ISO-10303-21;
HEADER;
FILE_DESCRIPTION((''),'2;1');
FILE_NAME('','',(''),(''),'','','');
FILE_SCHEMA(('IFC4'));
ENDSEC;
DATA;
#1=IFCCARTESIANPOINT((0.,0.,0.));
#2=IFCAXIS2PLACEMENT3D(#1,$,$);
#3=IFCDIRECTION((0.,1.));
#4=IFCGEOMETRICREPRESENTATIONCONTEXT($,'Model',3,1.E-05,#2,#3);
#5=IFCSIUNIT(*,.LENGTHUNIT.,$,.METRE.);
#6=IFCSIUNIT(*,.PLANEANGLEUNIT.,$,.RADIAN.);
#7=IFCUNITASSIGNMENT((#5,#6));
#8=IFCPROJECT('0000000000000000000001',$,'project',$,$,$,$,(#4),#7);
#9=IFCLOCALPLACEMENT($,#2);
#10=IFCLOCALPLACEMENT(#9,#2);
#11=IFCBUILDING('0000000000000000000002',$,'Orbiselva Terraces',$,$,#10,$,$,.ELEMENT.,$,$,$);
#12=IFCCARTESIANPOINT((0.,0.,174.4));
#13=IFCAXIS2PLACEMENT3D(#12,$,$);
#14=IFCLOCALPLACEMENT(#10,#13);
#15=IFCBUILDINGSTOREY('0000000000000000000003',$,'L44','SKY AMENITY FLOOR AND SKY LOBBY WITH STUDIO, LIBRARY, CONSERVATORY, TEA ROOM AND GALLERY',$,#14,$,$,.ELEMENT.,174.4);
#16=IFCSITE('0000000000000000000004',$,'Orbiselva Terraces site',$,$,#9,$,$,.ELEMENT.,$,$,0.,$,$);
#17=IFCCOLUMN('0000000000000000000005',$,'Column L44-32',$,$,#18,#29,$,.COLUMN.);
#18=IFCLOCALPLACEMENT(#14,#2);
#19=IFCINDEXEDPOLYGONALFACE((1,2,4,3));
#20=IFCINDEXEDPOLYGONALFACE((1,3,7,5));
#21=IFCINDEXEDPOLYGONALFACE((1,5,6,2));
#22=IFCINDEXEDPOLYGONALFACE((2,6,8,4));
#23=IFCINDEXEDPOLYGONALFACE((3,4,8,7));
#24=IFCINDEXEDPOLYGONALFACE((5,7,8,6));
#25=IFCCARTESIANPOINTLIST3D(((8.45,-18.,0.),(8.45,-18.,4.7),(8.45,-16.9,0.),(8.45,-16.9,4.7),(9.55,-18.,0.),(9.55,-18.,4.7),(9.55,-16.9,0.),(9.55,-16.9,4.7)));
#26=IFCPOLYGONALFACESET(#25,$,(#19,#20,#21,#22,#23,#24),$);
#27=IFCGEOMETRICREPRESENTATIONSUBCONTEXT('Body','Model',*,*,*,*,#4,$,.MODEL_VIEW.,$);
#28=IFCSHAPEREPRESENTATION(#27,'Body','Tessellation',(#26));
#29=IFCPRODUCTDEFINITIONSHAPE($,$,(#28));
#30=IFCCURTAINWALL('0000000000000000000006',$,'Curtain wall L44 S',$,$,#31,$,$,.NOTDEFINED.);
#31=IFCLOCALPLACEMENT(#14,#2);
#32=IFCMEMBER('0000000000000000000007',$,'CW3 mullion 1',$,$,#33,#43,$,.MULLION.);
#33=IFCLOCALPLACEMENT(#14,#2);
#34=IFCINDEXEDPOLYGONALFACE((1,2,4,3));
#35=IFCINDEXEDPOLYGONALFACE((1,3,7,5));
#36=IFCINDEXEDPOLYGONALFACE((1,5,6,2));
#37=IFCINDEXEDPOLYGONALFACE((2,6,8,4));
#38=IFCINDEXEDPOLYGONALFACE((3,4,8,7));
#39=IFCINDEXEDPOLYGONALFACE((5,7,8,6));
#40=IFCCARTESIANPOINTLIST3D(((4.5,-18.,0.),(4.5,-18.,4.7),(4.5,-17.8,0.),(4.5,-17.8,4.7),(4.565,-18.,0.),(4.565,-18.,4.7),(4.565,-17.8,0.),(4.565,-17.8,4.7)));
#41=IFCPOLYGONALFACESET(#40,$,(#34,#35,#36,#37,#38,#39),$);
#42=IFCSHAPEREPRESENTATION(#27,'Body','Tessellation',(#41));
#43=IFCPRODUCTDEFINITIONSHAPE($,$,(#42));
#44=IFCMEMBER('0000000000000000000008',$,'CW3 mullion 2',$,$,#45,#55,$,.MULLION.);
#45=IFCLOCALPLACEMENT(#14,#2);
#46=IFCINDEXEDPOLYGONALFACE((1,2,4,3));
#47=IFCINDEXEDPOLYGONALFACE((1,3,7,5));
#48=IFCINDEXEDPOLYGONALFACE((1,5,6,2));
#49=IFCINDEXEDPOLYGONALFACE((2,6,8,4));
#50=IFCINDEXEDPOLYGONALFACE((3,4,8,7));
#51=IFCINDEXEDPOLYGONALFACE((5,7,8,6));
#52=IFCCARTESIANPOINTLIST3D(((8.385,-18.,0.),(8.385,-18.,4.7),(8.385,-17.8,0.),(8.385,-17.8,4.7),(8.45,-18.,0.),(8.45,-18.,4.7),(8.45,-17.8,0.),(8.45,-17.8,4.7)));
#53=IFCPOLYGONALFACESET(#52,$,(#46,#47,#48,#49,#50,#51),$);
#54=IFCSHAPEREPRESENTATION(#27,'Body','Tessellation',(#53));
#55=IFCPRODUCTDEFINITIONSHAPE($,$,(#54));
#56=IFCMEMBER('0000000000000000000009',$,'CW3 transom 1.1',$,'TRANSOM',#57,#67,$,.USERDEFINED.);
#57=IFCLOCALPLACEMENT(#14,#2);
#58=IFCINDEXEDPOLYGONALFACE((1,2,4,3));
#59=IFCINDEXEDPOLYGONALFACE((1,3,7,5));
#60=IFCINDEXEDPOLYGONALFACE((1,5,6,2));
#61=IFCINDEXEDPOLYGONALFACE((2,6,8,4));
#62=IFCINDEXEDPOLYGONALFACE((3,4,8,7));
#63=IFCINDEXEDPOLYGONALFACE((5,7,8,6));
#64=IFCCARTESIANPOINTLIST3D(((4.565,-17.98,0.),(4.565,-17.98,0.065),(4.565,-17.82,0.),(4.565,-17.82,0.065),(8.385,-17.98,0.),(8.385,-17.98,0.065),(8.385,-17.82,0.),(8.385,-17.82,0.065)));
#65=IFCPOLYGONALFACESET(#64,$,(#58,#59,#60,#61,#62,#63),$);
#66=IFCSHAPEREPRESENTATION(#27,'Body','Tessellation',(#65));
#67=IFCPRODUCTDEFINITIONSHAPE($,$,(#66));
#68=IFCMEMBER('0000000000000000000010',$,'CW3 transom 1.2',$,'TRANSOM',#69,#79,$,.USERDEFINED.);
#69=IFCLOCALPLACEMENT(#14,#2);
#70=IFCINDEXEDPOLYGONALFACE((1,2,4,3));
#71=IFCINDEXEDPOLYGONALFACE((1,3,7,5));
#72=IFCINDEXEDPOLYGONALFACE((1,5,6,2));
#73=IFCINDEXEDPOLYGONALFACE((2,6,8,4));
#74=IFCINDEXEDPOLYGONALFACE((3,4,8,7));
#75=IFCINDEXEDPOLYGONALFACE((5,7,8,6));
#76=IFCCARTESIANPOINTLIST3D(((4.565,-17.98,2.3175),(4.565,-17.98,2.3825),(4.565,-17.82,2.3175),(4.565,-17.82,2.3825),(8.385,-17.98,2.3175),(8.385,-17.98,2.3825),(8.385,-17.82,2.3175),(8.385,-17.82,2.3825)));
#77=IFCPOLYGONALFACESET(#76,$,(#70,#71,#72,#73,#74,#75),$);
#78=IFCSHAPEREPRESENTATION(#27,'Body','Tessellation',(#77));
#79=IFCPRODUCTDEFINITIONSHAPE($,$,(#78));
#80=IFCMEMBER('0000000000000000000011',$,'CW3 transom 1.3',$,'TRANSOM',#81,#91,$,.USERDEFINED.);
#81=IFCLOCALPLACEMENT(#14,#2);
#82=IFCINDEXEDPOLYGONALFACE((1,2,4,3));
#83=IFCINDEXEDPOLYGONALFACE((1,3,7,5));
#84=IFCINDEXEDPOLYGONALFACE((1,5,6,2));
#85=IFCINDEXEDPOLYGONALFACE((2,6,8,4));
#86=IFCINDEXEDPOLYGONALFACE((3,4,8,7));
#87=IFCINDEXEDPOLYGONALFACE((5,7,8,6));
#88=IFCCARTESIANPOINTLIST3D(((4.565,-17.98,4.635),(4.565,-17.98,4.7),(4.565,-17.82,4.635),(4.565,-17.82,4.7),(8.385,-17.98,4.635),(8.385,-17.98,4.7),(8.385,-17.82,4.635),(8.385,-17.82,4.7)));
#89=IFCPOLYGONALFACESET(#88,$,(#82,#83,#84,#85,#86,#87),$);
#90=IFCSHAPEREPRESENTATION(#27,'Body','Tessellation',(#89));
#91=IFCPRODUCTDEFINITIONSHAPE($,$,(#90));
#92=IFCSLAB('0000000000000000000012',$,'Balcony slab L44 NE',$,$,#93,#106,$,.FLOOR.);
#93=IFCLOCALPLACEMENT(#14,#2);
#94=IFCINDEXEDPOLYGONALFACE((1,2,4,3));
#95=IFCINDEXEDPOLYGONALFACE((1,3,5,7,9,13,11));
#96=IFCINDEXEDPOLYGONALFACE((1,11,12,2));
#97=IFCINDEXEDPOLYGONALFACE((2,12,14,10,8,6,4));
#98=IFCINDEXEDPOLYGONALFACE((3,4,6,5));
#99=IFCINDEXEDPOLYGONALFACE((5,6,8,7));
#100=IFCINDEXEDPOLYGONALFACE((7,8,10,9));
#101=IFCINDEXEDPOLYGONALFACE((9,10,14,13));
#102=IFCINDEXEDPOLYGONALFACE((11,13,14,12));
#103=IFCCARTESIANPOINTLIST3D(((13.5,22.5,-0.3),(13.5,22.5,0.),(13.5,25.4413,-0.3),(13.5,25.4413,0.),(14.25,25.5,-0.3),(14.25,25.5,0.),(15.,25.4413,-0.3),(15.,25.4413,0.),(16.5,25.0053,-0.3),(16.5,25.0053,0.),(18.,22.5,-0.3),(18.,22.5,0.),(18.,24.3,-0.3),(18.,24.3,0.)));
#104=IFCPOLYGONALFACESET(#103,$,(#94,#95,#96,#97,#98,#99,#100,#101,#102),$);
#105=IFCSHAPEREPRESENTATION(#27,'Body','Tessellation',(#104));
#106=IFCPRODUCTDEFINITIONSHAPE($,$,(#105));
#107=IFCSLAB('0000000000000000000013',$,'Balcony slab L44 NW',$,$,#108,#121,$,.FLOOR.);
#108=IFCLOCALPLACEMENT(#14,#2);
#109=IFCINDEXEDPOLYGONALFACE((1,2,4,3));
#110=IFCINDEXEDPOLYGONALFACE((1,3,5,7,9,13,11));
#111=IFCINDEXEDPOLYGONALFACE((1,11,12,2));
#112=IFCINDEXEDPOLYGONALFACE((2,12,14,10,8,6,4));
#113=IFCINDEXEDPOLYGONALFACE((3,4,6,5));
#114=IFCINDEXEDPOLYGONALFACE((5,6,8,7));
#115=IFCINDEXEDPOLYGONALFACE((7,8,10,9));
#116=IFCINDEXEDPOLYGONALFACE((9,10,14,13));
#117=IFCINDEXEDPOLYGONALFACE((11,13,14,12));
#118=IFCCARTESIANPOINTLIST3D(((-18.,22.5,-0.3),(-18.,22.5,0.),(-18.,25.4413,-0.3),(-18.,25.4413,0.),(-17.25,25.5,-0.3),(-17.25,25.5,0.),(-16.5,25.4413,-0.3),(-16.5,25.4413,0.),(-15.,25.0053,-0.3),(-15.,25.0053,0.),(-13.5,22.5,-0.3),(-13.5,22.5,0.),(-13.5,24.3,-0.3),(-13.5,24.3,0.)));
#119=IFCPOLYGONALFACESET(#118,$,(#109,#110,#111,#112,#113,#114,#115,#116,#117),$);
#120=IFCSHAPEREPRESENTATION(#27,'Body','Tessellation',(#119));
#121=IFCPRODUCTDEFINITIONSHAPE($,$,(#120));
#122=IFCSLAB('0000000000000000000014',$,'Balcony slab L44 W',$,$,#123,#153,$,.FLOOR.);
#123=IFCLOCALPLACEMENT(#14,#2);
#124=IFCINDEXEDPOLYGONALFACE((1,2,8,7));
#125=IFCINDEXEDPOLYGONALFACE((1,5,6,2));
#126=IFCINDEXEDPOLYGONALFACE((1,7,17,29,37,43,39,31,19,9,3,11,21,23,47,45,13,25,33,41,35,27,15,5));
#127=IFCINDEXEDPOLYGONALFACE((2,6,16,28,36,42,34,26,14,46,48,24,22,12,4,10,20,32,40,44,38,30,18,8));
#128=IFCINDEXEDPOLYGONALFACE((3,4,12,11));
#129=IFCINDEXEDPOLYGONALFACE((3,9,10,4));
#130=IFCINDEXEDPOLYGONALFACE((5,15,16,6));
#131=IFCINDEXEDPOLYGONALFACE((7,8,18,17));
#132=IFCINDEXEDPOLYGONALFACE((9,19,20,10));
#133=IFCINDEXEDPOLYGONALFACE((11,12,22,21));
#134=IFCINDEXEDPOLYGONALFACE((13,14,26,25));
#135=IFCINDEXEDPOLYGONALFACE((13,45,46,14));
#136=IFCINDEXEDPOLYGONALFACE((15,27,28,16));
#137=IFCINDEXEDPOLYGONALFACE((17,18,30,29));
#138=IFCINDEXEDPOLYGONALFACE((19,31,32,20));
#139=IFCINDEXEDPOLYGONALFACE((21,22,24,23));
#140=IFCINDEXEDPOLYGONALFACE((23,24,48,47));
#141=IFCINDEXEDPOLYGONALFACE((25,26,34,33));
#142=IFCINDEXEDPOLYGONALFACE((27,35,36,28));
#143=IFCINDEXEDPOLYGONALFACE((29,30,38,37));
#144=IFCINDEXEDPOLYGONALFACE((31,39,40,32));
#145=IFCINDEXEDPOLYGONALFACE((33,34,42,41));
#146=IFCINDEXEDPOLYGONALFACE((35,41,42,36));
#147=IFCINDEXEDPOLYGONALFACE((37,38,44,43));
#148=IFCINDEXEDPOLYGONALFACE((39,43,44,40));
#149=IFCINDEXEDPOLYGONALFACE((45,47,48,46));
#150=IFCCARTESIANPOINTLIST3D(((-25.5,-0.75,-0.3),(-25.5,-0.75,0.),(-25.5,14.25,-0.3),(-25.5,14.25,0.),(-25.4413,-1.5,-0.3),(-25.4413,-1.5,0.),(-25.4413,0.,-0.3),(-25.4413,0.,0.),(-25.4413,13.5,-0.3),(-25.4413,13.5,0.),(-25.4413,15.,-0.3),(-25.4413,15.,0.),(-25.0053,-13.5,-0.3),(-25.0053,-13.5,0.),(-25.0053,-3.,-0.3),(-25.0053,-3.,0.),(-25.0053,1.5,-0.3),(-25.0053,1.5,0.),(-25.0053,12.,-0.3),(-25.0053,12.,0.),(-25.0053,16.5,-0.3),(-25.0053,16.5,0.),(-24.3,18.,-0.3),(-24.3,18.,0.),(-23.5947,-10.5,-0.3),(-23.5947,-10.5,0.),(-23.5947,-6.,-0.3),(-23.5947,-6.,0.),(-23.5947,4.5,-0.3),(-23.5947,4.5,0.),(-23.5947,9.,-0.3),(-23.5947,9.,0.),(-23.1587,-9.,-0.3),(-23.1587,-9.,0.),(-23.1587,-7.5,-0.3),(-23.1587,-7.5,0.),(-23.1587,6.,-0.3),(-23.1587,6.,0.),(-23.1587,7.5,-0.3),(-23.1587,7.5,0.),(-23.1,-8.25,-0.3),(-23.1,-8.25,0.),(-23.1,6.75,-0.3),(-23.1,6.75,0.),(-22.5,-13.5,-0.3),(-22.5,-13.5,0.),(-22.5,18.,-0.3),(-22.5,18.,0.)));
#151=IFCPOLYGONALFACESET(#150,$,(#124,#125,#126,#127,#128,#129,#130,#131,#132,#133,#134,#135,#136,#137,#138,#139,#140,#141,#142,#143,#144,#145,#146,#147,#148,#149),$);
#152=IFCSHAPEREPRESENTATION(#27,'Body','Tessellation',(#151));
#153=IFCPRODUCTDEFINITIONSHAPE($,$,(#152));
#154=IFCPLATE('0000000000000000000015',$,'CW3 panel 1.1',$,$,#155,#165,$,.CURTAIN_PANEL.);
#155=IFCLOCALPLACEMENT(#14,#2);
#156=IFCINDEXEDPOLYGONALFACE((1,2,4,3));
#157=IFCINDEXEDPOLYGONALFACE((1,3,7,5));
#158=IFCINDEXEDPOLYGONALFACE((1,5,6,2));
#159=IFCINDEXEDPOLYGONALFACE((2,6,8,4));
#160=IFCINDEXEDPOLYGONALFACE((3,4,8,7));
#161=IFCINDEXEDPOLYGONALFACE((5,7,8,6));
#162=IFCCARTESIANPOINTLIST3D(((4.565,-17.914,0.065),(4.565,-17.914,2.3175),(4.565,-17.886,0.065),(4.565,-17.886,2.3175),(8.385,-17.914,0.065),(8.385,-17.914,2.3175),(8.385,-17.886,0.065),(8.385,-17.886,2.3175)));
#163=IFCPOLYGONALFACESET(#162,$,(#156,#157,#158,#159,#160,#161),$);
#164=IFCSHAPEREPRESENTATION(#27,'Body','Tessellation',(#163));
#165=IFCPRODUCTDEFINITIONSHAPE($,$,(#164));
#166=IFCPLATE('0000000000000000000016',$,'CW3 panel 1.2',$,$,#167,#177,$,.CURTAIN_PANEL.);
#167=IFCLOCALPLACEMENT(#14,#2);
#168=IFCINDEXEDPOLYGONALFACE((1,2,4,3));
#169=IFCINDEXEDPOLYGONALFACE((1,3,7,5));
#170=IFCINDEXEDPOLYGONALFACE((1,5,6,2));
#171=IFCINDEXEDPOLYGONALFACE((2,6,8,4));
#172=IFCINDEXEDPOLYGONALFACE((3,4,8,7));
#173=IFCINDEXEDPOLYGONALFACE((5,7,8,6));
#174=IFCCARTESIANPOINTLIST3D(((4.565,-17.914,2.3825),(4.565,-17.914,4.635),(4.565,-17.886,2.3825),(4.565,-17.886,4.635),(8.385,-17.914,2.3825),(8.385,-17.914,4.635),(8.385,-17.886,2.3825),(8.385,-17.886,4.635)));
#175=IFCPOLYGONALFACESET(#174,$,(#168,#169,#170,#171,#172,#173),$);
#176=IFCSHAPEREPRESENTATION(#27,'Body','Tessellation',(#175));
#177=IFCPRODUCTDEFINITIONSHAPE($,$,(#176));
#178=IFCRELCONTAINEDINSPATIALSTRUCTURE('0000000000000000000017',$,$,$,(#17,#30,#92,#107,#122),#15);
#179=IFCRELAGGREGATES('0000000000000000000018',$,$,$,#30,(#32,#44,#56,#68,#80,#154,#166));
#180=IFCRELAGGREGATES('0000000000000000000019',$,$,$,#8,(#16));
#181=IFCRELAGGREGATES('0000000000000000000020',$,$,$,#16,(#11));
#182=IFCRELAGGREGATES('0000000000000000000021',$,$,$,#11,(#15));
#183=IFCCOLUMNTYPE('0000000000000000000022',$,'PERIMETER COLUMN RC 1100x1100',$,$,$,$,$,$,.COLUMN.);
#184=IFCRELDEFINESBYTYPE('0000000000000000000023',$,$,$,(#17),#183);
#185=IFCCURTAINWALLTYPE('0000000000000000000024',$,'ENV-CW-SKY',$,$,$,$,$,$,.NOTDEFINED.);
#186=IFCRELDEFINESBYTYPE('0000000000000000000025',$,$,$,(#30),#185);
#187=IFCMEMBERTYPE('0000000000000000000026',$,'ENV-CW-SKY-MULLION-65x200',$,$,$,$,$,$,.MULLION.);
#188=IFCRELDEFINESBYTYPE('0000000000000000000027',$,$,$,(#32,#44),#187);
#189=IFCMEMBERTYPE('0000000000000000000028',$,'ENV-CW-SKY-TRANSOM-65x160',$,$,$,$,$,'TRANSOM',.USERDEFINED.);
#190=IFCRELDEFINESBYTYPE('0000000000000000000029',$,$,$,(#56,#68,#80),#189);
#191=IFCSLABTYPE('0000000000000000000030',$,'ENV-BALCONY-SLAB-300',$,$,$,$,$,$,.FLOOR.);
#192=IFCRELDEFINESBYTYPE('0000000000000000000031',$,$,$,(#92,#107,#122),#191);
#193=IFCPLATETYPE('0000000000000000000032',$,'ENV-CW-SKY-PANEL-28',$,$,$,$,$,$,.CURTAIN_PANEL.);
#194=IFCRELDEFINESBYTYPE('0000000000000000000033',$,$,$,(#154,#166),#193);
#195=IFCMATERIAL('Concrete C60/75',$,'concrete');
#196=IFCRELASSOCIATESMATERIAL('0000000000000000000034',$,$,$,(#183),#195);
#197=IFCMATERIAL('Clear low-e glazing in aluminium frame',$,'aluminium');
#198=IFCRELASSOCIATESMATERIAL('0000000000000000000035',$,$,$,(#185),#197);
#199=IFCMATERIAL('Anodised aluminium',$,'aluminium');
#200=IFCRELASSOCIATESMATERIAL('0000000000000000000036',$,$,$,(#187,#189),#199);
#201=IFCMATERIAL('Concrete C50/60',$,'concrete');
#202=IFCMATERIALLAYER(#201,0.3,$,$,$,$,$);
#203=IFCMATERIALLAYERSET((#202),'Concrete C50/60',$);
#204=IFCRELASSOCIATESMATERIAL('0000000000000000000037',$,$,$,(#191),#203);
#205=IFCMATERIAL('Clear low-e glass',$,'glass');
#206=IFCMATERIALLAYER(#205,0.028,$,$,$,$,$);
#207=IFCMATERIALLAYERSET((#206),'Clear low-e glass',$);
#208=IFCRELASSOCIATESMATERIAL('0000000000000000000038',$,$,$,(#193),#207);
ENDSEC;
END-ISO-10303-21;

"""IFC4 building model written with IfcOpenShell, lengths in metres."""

from ifc_helpers import new_model, si_unit, direction, frame, origin, origin_2d, place, context, subcontext, project, spatial, polyline, rectangle, outline, extrude, material, layer, layer_set, material_profile, profile_set, type_object, element, aggregate, save


model = new_model("IFC4")

# Units and contexts
model_context = context("Model", 3, precision=1e-05, world=origin(), true_north=direction((0.0, 1.0)))
body_context = subcontext(model_context, "Body", "Model", "MODEL_VIEW")
ifc_project = project(units=[si_unit("LENGTHUNIT", "METRE"), si_unit("PLANEANGLEUNIT", "RADIAN")], contexts=[model_context])

# Site, building, storey
site_placement = place(None, origin())
site = spatial("IfcSite", under=ifc_project, at=site_placement, Name="Orbiselva Terraces site", CompositionType="ELEMENT", RefElevation=0.0)
building_placement = place(site_placement, origin())
building = spatial("IfcBuilding", under=site, at=building_placement, Name="Orbiselva Terraces", CompositionType="ELEMENT")
storey_placement = place(building_placement, frame((0.0, 0.0, 174.4)))
storey = spatial("IfcBuildingStorey", under=building, at=storey_placement, Name="L44", Description="SKY AMENITY FLOOR AND SKY LOBBY WITH STUDIO, LIBRARY, CONSERVATORY, TEA ROOM AND GALLERY", CompositionType="ELEMENT", Elevation=174.4)

# Column
ifc_material_1 = material(Name="Concrete C60/75", Category="concrete")
ifc_material_profile_1 = material_profile(ifc_material_1, rectangle(XDim=1.1, YDim=1.1, at=origin_2d()), Name="RC 1100x1100")
ifc_profile_set_1 = profile_set([ifc_material_profile_1], Name="Concrete C60/75")
column_type = type_object("IfcColumnType", Name="PERIMETER COLUMN RC 1100x1100", PredefinedType="COLUMN", material=ifc_profile_set_1)
column_placement = place(storey_placement, frame((9.0, -17.45, 0.0), z_axis=(0.0, 0.0, 1.0), x_axis=(1.0, 0.0, 0.0)))
element("IfcColumn", 1, at=column_placement, inside=storey, type_object=column_type, Name="Column L44-32", PredefinedType="COLUMN", context=body_context, shape_type="SweptSolid", body=[
    extrude(rectangle(XDim=1.1, YDim=1.1, at=origin_2d()), origin(), (0.0, 0.0, 1.0), 4.7),
])

# Curtain wall, members
ifc_material_2 = material(Name="Clear low-e glazing in aluminium frame", Category="aluminium")
curtain_wall_type = type_object("IfcCurtainWallType", Name="ENV-CW-SKY", PredefinedType="NOTDEFINED", material=ifc_material_2)
curtain_wall_placement = place(storey_placement, origin())
curtain_wall = element("IfcCurtainWall", 2, at=curtain_wall_placement, inside=storey, type_object=curtain_wall_type, Name="Curtain wall L44 S", PredefinedType="NOTDEFINED")
ifc_material_3 = material(Name="Anodised aluminium", Category="aluminium")
ifc_material_profile_2 = material_profile(ifc_material_3, rectangle(XDim=0.2, YDim=0.065, at=origin_2d()), Name="AL 65x200")
ifc_profile_set_2 = profile_set([ifc_material_profile_2], Name="Anodised aluminium")
member_type_1 = type_object("IfcMemberType", Name="ENV-CW-SKY-MULLION-65x200", PredefinedType="MULLION", material=ifc_profile_set_2)
member_1_placement = place(storey_placement, frame((4.5325, -17.9, 0.0), z_axis=(0.0, 0.0, 1.0), x_axis=(0.0, 1.0, 0.0)))
member_1 = element("IfcMember", 3, at=member_1_placement, type_object=member_type_1, Name="CW3 mullion 1", PredefinedType="MULLION", context=body_context, shape_type="SweptSolid", body=[
    extrude(rectangle(XDim=0.2, YDim=0.065, at=origin_2d()), origin(), (0.0, 0.0, 1.0), 4.7),
])
member_2_placement = place(storey_placement, frame((8.4175, -17.9, 0.0), z_axis=(0.0, 0.0, 1.0), x_axis=(0.0, 1.0, 0.0)))
member_2 = element("IfcMember", 4, at=member_2_placement, type_object=member_type_1, Name="CW3 mullion 2", PredefinedType="MULLION", context=body_context, shape_type="SweptSolid", body=[
    extrude(rectangle(XDim=0.2, YDim=0.065, at=origin_2d()), origin(), (0.0, 0.0, 1.0), 4.7),
])
ifc_material_profile_3 = material_profile(ifc_material_3, rectangle(XDim=0.16, YDim=0.065, at=origin_2d()), Name="AL 65x160")
ifc_profile_set_3 = profile_set([ifc_material_profile_3], Name="Anodised aluminium")
member_type_2 = type_object("IfcMemberType", Name="ENV-CW-SKY-TRANSOM-65x160", ElementType="TRANSOM", PredefinedType="USERDEFINED", material=ifc_profile_set_3)
member_3_placement = place(storey_placement, frame((4.565, -17.9, 0.0325), z_axis=(1.0, 0.0, 0.0), x_axis=(0.0, 1.0, 0.0)))
member_3 = element("IfcMember", 5, at=member_3_placement, type_object=member_type_2, Name="CW3 transom 1.1", ObjectType="TRANSOM", PredefinedType="USERDEFINED", context=body_context, shape_type="SweptSolid", body=[
    extrude(rectangle(XDim=0.16, YDim=0.065, at=origin_2d()), origin(), (0.0, 0.0, 1.0), 3.82),
])
member_4_placement = place(storey_placement, frame((4.565, -17.9, 2.35), z_axis=(1.0, 0.0, 0.0), x_axis=(0.0, 1.0, 0.0)))
member_4 = element("IfcMember", 6, at=member_4_placement, type_object=member_type_2, Name="CW3 transom 1.2", ObjectType="TRANSOM", PredefinedType="USERDEFINED", context=body_context, shape_type="SweptSolid", body=[
    extrude(rectangle(XDim=0.16, YDim=0.065, at=origin_2d()), origin(), (0.0, 0.0, 1.0), 3.82),
])
member_5_placement = place(storey_placement, frame((4.565, -17.9, 4.6675), z_axis=(1.0, 0.0, 0.0), x_axis=(0.0, 1.0, 0.0)))
member_5 = element("IfcMember", 7, at=member_5_placement, type_object=member_type_2, Name="CW3 transom 1.3", ObjectType="TRANSOM", PredefinedType="USERDEFINED", context=body_context, shape_type="SweptSolid", body=[
    extrude(rectangle(XDim=0.16, YDim=0.065, at=origin_2d()), origin(), (0.0, 0.0, 1.0), 3.82),
])

# Slabs
ifc_material_4 = material(Name="Concrete C50/60", Category="concrete")
ifc_layer_1 = layer(ifc_material_4, 0.3)
ifc_layer_set_1 = layer_set([ifc_layer_1], Name="Concrete C50/60")
slab_type = type_object("IfcSlabType", Name="ENV-BALCONY-SLAB-300", PredefinedType="FLOOR", material=ifc_layer_set_1)
slab_1_placement = place(storey_placement, frame((0.0, 0.0, -0.3)))
element("IfcSlab", 8, at=slab_1_placement, inside=storey, type_object=slab_type, Name="Balcony slab L44 NE", PredefinedType="FLOOR", context=body_context, shape_type="SweptSolid", body=[
    extrude(outline(polyline([(18.0, 24.3), (16.5, 25.0053), (15.0, 25.4413), (14.25, 25.5), (13.5, 25.4413), (13.5, 22.5), (18.0, 22.5), (18.0, 24.3)])), origin(), (0.0, 0.0, 1.0), 0.3),
])
slab_2_placement = place(storey_placement, frame((0.0, 0.0, -0.3)))
element("IfcSlab", 9, at=slab_2_placement, inside=storey, type_object=slab_type, Name="Balcony slab L44 NW", PredefinedType="FLOOR", context=body_context, shape_type="SweptSolid", body=[
    extrude(outline(polyline([(-13.5, 24.3), (-15.0, 25.0053), (-16.5, 25.4413), (-17.25, 25.5), (-18.0, 25.4413), (-18.0, 22.5), (-13.5, 22.5), (-13.5, 24.3)])), origin(), (0.0, 0.0, 1.0), 0.3),
])
slab_3_placement = place(storey_placement, frame((0.0, 0.0, -0.3)))
element("IfcSlab", 10, at=slab_3_placement, inside=storey, type_object=slab_type, Name="Balcony slab L44 W", PredefinedType="FLOOR", context=body_context, shape_type="SweptSolid", body=[
    extrude(outline(polyline([(-24.3, 18.0), (-25.0053, 16.5), (-25.4413, 15.0), (-25.5, 14.25), (-25.4413, 13.5), (-25.0053, 12.0), (-23.5947, 9.0), (-23.1587, 7.5), (-23.1, 6.75), (-23.1587, 6.0), (-23.5947, 4.5), (-25.0053, 1.5), (-25.4413, 0.0), (-25.5, -0.75), (-25.4413, -1.5), (-25.0053, -3.0), (-23.5947, -6.0), (-23.1587, -7.5), (-23.1, -8.25), (-23.1587, -9.0), (-23.5947, -10.5), (-25.0053, -13.5), (-22.5, -13.5), (-22.5, 18.0), (-24.3, 18.0)])), origin(), (0.0, 0.0, 1.0), 0.3),
])

# Plates
ifc_material_5 = material(Name="Clear low-e glass", Category="glass")
ifc_layer_2 = layer(ifc_material_5, 0.028)
ifc_layer_set_2 = layer_set([ifc_layer_2], Name="Clear low-e glass")
plate_type = type_object("IfcPlateType", Name="ENV-CW-SKY-PANEL-28", PredefinedType="CURTAIN_PANEL", material=ifc_layer_set_2)
plate_1_placement = place(storey_placement, frame((6.475, -17.9, 0.065), z_axis=(0.0, 0.0, 1.0), x_axis=(1.0, 0.0, 0.0)))
plate_1 = element("IfcPlate", 11, at=plate_1_placement, type_object=plate_type, Name="CW3 panel 1.1", PredefinedType="CURTAIN_PANEL", context=body_context, shape_type="SweptSolid", body=[
    extrude(rectangle(XDim=3.82, YDim=0.028, at=origin_2d()), origin(), (0.0, 0.0, 1.0), 2.2525),
])
plate_2_placement = place(storey_placement, frame((6.475, -17.9, 2.3825), z_axis=(0.0, 0.0, 1.0), x_axis=(1.0, 0.0, 0.0)))
plate_2 = element("IfcPlate", 12, at=plate_2_placement, type_object=plate_type, Name="CW3 panel 1.2", PredefinedType="CURTAIN_PANEL", context=body_context, shape_type="SweptSolid", body=[
    extrude(rectangle(XDim=3.82, YDim=0.028, at=origin_2d()), origin(), (0.0, 0.0, 1.0), 2.2525),
])
aggregate(curtain_wall, [member_1, member_2, member_3, member_4, member_5, plate_1, plate_2])

save(model, "model.ifc")
